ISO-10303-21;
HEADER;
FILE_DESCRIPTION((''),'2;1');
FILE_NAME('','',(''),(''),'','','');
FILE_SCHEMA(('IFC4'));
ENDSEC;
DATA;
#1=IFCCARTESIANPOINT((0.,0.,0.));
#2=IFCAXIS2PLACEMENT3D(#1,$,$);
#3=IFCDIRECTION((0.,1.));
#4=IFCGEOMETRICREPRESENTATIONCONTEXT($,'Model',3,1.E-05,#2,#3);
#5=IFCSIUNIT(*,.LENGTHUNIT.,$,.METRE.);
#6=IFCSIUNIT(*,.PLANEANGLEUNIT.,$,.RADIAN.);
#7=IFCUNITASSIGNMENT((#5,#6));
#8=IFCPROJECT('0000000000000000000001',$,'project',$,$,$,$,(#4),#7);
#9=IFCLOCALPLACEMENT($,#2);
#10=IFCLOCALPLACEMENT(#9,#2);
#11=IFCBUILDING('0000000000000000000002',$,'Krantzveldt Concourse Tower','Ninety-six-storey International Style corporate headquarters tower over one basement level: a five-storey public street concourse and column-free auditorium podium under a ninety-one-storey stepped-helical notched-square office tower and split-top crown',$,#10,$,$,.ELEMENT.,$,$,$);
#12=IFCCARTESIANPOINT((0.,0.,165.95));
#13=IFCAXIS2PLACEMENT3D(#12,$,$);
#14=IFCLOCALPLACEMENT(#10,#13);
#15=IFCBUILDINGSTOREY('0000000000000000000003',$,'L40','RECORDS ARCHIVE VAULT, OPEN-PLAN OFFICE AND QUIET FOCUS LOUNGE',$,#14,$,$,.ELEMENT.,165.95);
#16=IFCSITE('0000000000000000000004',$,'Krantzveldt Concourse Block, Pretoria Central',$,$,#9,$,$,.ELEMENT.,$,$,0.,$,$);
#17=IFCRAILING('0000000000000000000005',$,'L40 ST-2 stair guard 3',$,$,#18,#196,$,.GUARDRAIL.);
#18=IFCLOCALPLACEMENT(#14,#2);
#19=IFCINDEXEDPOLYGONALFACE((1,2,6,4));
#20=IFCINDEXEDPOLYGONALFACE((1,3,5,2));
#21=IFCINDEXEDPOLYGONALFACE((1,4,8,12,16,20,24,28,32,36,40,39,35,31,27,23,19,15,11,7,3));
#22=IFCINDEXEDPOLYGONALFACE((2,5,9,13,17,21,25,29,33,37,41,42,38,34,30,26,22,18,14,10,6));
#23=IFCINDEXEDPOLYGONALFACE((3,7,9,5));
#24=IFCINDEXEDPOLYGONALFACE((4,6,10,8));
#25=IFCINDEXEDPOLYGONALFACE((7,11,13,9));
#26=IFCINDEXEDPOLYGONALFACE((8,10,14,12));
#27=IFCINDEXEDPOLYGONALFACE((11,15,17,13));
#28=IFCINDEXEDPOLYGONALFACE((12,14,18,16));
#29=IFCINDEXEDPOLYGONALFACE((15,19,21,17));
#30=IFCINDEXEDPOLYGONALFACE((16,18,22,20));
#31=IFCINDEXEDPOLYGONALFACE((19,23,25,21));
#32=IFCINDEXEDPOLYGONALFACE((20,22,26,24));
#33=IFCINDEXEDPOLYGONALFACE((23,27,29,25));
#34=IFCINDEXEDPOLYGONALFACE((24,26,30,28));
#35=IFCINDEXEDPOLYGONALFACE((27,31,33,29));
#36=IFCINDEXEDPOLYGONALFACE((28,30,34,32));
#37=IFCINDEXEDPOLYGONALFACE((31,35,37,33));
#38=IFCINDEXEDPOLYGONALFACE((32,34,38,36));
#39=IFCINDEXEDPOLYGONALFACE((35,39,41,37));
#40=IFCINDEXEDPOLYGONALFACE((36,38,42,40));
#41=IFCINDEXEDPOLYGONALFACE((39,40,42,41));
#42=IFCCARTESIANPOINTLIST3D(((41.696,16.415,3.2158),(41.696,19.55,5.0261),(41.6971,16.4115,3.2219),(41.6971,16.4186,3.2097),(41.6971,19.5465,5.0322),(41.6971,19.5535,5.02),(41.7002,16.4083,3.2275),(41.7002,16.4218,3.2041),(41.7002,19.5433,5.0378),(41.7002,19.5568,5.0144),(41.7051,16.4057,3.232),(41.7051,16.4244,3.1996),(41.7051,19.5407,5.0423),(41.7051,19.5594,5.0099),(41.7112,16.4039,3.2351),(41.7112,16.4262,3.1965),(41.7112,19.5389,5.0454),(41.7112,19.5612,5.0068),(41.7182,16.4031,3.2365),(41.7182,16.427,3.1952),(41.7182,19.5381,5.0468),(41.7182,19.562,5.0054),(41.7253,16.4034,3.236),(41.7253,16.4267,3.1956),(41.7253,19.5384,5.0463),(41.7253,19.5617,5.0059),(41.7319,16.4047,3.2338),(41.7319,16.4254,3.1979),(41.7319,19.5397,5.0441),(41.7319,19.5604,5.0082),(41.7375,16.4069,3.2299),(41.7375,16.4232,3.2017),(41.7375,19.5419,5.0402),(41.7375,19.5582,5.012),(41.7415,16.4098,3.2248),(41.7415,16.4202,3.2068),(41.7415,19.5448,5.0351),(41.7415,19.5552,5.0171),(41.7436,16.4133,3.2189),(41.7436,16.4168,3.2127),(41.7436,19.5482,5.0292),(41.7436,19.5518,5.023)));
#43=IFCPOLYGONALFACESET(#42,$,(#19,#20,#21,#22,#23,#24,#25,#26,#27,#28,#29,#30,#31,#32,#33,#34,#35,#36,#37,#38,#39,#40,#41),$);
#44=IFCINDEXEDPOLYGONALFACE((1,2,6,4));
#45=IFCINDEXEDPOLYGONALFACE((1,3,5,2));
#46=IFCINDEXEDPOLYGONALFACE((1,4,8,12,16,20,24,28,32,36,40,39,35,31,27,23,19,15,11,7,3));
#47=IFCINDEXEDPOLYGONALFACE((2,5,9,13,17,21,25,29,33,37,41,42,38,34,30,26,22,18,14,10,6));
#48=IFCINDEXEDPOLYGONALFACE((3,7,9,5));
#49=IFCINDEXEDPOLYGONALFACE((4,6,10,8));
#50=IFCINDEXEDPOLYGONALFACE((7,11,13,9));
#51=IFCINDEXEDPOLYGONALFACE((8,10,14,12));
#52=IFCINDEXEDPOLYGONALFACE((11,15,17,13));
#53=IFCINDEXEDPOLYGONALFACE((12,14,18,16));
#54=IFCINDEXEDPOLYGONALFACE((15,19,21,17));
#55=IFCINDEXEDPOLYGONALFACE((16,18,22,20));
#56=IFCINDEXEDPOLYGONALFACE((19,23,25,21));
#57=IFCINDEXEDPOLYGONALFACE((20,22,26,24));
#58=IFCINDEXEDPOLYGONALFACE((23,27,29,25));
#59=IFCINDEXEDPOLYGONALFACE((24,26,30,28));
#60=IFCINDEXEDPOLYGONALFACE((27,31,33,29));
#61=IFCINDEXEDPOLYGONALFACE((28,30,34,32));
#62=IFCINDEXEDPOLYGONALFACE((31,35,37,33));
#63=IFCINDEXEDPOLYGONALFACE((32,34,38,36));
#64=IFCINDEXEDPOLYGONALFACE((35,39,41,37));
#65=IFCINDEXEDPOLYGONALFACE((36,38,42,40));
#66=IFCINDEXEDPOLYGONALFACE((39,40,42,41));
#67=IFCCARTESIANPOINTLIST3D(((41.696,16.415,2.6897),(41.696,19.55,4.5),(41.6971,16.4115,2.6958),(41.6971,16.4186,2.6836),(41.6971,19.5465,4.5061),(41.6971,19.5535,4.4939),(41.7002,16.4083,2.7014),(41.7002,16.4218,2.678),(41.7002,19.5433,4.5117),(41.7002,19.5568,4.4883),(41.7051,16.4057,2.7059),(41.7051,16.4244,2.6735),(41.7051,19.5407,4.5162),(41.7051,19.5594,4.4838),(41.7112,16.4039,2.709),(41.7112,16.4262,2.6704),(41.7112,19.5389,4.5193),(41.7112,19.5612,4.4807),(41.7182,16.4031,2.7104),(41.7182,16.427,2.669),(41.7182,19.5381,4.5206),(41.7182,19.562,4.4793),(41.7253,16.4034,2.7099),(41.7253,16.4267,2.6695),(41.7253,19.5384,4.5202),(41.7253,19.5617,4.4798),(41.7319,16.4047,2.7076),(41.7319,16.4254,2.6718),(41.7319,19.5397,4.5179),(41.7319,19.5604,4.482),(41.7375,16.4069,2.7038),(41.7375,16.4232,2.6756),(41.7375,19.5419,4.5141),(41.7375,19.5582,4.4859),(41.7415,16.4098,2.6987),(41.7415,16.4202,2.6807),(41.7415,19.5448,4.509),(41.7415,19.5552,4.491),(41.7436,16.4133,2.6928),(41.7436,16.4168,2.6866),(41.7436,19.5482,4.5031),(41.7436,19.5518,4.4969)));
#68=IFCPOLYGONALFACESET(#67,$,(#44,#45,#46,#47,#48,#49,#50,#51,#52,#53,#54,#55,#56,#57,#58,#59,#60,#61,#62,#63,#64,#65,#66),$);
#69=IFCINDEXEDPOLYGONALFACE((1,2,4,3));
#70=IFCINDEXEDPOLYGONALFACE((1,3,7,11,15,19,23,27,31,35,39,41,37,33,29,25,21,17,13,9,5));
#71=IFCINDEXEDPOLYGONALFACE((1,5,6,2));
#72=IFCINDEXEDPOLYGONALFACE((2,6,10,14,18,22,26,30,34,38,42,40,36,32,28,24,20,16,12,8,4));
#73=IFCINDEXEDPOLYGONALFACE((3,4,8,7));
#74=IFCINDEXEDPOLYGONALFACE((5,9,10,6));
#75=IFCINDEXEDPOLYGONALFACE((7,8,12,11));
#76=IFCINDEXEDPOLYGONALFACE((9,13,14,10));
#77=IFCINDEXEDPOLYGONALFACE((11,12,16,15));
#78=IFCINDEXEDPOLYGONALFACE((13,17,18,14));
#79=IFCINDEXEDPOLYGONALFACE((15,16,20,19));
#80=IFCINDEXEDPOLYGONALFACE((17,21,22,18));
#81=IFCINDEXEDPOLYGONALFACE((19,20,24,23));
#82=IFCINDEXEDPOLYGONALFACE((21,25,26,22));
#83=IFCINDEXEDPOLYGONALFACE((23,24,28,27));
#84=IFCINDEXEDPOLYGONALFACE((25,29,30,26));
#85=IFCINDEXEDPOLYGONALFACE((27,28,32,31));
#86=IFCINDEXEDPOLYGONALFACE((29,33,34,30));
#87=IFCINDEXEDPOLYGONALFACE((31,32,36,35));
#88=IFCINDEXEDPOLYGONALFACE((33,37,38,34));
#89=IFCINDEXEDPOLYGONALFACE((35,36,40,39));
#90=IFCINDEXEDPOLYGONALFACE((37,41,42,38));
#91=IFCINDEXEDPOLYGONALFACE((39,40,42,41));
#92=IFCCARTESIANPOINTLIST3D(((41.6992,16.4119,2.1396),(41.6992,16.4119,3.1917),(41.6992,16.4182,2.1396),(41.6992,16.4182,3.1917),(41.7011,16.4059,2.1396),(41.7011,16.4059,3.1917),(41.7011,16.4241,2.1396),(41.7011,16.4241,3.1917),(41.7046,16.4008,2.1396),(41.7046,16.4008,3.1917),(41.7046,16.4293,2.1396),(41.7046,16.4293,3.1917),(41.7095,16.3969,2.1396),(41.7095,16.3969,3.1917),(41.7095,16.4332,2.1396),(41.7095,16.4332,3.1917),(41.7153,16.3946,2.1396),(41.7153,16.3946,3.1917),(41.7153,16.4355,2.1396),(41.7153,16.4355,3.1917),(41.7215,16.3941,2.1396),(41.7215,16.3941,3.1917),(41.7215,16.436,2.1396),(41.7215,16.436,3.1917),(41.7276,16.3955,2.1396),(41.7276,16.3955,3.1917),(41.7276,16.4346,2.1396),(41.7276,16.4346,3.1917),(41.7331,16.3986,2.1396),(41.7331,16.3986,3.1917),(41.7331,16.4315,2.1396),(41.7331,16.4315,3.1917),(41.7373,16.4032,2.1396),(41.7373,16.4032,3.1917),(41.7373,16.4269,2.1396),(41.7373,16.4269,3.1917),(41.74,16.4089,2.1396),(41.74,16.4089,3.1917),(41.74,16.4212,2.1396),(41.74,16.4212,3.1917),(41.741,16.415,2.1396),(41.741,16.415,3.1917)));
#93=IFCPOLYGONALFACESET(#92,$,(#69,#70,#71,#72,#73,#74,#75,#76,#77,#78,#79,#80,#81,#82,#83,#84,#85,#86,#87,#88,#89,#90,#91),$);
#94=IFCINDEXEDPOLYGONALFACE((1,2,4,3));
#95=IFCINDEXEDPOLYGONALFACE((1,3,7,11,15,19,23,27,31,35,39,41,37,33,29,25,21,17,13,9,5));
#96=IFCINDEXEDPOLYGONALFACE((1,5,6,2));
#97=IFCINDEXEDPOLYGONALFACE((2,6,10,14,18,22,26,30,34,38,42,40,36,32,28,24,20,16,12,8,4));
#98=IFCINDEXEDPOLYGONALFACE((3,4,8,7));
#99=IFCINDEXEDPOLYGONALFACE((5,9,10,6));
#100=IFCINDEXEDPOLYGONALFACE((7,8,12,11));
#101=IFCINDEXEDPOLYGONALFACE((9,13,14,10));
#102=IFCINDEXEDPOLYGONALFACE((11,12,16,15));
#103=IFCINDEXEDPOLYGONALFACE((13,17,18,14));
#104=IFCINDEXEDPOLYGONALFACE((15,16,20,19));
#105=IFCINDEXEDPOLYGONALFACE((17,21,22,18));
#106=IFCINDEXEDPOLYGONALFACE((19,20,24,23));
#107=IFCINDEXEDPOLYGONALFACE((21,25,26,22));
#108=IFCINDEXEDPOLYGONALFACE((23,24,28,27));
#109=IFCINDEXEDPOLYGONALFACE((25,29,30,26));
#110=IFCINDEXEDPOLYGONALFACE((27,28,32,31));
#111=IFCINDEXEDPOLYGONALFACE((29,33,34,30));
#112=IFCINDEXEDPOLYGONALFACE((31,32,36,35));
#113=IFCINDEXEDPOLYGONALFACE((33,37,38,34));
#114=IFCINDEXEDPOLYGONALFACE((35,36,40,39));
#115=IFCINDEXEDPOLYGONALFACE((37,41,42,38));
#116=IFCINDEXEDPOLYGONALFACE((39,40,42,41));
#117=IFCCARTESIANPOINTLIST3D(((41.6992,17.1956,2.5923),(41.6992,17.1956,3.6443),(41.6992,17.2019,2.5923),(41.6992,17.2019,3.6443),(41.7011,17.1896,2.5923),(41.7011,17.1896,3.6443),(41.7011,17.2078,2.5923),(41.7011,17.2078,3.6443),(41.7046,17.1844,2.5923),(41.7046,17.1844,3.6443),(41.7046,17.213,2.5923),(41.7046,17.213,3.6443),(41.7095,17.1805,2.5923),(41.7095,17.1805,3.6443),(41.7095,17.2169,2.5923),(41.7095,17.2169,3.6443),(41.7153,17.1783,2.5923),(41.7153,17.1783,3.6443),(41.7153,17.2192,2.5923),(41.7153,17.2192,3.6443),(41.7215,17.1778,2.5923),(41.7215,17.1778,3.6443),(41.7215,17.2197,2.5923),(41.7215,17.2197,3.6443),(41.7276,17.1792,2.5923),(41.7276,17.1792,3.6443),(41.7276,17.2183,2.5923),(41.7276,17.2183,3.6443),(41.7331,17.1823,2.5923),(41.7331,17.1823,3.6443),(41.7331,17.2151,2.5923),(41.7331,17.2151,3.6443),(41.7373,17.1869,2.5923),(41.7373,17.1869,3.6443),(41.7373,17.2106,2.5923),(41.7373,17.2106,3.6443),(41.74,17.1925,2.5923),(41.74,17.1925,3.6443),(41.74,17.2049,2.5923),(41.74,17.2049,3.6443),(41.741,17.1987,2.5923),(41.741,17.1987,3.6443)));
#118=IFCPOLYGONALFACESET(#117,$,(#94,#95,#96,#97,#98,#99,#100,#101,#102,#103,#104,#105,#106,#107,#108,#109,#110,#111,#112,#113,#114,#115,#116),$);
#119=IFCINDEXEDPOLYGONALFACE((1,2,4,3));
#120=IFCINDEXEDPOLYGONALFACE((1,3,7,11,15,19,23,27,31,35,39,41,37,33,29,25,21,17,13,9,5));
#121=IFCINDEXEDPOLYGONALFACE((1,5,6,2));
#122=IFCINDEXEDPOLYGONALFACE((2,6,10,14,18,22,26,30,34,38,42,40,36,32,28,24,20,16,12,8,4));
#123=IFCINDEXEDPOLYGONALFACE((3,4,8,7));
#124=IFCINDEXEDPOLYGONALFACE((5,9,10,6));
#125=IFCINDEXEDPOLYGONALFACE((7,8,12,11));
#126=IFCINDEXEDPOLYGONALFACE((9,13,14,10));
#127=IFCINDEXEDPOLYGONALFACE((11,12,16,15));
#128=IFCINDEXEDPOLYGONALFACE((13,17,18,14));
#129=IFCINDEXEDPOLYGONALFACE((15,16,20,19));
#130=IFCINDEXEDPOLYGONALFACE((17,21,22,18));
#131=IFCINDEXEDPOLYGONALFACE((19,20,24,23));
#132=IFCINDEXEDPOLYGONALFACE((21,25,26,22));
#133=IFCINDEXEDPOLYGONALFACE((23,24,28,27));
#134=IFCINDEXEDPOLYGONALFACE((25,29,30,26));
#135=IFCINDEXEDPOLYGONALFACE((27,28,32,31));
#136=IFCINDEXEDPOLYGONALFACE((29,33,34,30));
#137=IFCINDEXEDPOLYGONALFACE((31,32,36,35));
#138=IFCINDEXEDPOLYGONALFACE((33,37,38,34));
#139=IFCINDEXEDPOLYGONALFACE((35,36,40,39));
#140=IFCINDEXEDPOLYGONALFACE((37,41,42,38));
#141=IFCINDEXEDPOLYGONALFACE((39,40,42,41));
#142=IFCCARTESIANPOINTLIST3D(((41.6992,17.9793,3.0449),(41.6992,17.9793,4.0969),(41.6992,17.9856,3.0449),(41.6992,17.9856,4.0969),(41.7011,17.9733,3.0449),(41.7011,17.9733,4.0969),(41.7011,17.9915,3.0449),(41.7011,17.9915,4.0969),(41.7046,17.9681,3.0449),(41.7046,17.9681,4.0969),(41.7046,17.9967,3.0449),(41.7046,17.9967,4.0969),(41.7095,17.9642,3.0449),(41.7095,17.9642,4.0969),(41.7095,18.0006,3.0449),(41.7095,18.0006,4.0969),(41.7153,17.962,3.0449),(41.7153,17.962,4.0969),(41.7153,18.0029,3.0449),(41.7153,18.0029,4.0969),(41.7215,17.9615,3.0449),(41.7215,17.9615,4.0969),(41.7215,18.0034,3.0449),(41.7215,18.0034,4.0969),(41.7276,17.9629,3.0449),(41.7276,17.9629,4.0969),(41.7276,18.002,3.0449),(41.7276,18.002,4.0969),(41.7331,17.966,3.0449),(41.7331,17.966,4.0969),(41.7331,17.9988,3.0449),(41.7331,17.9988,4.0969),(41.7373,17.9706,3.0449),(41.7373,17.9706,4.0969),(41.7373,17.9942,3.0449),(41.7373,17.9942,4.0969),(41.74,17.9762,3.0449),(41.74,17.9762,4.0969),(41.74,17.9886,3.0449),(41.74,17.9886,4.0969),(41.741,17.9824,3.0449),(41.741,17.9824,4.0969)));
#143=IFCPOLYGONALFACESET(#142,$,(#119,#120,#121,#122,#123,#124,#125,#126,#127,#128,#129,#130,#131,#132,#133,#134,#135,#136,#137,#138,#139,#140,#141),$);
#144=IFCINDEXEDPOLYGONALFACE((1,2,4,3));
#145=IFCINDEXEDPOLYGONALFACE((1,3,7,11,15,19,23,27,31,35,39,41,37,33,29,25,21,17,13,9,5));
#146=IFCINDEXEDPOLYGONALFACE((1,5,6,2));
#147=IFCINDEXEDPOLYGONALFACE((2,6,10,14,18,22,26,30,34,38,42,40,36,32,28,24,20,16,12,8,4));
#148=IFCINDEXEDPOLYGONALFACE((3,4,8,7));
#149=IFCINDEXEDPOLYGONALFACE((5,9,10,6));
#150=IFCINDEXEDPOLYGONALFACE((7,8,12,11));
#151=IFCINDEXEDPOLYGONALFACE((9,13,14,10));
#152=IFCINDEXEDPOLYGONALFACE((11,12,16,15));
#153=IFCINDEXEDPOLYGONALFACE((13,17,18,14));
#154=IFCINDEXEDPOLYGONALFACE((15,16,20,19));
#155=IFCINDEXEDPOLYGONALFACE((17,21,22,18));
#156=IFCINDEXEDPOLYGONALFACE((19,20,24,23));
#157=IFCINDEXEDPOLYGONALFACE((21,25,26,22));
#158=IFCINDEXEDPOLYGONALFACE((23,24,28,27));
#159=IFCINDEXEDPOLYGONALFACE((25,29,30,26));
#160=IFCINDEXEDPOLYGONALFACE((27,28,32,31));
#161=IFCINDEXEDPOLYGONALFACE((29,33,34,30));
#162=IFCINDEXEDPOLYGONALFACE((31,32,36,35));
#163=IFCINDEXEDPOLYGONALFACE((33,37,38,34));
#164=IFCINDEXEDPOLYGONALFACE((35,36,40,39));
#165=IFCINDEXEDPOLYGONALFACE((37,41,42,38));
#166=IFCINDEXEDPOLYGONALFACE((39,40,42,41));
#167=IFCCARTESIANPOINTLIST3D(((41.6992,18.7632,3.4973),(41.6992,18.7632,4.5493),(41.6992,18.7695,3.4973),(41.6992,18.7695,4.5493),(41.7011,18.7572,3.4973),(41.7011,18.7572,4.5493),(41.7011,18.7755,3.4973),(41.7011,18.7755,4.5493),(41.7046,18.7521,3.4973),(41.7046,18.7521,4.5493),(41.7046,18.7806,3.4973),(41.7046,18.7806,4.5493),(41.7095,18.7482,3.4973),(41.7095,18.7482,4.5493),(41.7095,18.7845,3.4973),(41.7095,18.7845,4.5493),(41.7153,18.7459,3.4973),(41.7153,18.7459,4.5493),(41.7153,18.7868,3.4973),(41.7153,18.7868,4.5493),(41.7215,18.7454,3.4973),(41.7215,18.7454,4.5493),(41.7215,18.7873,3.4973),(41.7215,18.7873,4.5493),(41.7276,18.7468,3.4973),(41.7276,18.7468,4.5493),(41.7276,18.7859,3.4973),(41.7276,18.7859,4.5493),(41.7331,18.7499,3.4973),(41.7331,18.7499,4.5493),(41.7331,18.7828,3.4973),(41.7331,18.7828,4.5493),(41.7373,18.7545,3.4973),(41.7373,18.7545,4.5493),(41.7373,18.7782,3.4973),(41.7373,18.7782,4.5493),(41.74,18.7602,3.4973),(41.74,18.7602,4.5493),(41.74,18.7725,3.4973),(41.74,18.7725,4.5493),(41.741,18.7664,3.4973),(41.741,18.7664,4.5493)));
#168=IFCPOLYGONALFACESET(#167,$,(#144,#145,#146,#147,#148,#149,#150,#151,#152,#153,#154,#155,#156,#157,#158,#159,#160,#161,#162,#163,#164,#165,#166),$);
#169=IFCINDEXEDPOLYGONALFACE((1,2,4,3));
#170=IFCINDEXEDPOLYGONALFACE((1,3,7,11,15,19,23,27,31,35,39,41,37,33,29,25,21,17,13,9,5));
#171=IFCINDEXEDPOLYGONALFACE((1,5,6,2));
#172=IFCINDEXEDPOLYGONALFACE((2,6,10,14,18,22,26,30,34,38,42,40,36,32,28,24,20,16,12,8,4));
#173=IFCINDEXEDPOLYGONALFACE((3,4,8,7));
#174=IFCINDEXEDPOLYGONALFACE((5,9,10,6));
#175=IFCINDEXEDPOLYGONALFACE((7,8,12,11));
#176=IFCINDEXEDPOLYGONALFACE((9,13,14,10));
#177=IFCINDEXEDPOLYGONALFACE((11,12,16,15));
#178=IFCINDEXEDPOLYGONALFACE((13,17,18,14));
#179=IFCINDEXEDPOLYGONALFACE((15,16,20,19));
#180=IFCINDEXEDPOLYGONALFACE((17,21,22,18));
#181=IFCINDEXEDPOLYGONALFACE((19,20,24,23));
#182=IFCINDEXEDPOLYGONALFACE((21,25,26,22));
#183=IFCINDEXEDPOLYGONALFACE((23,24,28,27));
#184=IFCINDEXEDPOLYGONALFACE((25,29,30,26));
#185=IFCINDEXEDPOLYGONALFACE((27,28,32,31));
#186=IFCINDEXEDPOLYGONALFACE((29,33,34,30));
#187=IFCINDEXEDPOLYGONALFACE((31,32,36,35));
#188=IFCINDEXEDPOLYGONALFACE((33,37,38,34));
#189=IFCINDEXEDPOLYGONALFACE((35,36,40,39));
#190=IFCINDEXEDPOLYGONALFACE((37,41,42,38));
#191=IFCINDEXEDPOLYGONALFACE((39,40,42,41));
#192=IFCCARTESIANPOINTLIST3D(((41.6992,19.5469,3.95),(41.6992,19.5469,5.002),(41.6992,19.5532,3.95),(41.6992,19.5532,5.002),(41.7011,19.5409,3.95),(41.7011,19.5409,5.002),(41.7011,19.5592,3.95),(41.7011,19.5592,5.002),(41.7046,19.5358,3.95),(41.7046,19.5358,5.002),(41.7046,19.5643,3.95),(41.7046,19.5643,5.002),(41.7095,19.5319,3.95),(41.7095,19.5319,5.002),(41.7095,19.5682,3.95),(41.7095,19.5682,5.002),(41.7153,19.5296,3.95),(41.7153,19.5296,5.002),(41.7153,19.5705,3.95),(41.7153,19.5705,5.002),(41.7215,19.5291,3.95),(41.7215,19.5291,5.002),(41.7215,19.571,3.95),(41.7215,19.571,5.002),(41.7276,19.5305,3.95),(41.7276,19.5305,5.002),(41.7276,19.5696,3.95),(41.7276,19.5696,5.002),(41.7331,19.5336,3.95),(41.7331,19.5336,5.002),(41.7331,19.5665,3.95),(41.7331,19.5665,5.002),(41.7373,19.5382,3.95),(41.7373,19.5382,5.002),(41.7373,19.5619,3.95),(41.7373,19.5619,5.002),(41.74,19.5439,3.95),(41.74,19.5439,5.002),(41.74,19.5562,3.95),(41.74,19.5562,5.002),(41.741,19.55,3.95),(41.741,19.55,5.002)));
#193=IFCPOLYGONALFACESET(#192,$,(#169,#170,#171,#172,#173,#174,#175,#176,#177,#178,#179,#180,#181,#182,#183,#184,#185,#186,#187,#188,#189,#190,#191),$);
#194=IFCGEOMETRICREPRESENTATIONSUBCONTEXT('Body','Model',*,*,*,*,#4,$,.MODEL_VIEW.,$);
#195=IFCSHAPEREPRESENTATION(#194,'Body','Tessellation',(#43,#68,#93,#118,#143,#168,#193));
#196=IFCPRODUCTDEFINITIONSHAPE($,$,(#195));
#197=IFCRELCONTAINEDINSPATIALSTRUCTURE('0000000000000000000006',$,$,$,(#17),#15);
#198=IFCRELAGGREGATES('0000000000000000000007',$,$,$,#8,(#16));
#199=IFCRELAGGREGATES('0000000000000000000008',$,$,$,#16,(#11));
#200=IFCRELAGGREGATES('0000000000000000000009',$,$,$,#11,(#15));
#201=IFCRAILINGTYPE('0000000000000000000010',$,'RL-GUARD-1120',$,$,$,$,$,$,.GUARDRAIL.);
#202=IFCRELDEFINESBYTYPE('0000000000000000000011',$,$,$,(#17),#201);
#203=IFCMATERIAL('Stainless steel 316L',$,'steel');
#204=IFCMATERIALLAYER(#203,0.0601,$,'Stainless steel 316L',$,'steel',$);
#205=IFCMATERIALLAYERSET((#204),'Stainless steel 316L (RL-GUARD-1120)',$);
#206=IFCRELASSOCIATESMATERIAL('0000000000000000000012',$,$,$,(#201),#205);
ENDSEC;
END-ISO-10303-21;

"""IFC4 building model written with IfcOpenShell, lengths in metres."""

from ifc_helpers import new_model, si_unit, direction, frame, origin, origin_2d, place, context, subcontext, project, spatial, circle, extrude, material, layer, layer_set, type_object, element, save


model = new_model("IFC4")

# Units and contexts
model_context = context("Model", 3, precision=1e-05, world=origin(), true_north=direction((0.0, 1.0)))
body_context = subcontext(model_context, "Body", "Model", "MODEL_VIEW")
ifc_project = project(units=[si_unit("LENGTHUNIT", "METRE"), si_unit("PLANEANGLEUNIT", "RADIAN")], contexts=[model_context])

# Site, building, storey
site_placement = place(None, origin())
site = spatial("IfcSite", under=ifc_project, at=site_placement, Name="Krantzveldt Concourse Block, Pretoria Central", CompositionType="ELEMENT", RefElevation=0.0)
building_placement = place(site_placement, origin())
building = spatial("IfcBuilding", under=site, at=building_placement, Name="Krantzveldt Concourse Tower", Description="Ninety-six-storey International Style corporate headquarters tower over one basement level: a five-storey public street concourse and column-free auditorium podium under a ninety-one-storey stepped-helical notched-square office tower and split-top crown", CompositionType="ELEMENT")
storey_placement = place(building_placement, frame((0.0, 0.0, 165.95)))
storey = spatial("IfcBuildingStorey", under=building, at=storey_placement, Name="L40", Description="RECORDS ARCHIVE VAULT, OPEN-PLAN OFFICE AND QUIET FOCUS LOUNGE", CompositionType="ELEMENT", Elevation=165.95)

# Railing
ifc_material_1 = material(Name="Stainless steel 316L", Category="steel")
ifc_layer_1 = layer(ifc_material_1, 0.0601, Name="Stainless steel 316L", Category="steel")
ifc_layer_set_1 = layer_set([ifc_layer_1], Name="Stainless steel 316L (RL-GUARD-1120)")
railing_type_1 = type_object("IfcRailingType", Name="RL-GUARD-1120", PredefinedType="GUARDRAIL", material=ifc_layer_set_1)
railing_1_placement = place(storey_placement, frame((41.72, 16.415, 2.1396)))
element("IfcRailing", 1, at=railing_1_placement, inside=storey, type_object=railing_type_1, Name="L40 ST-2 stair guard 3", PredefinedType="GUARDRAIL", context=body_context, shape_type="SweptSolid", body=[
    extrude(circle(Radius=0.0239, at=origin_2d()), frame((0.0, 0.0, 1.0762), z_axis=(0.0, 0.865989, 0.500063), x_axis=(-1.0, 0.0, 0.0)), (0.0, 0.0, 1.0), 3.6201),
    extrude(circle(Radius=0.0239, at=origin_2d()), frame((0.0, 0.0, 0.55), z_axis=(0.0, 0.865989, 0.500063), x_axis=(-1.0, 0.0, 0.0)), (0.0, 0.0, 1.0), 3.6201),
    extrude(circle(Radius=0.021, at=origin_2d()), origin(), (0.0, 0.0, 1.0), 1.052),
    extrude(circle(Radius=0.021, at=origin_2d()), frame((0.0, 0.7837, 0.4526)), (0.0, 0.0, 1.0), 1.052),
    extrude(circle(Radius=0.021, at=origin_2d()), frame((0.0, 1.5674, 0.9053)), (0.0, 0.0, 1.0), 1.052),
    extrude(circle(Radius=0.021, at=origin_2d()), frame((0.0, 2.3513, 1.3577)), (0.0, 0.0, 1.0), 1.052),
    extrude(circle(Radius=0.021, at=origin_2d()), frame((0.0, 3.135, 1.8103)), (0.0, 0.0, 1.0), 1.052),
])

save(model, "model.ifc")
